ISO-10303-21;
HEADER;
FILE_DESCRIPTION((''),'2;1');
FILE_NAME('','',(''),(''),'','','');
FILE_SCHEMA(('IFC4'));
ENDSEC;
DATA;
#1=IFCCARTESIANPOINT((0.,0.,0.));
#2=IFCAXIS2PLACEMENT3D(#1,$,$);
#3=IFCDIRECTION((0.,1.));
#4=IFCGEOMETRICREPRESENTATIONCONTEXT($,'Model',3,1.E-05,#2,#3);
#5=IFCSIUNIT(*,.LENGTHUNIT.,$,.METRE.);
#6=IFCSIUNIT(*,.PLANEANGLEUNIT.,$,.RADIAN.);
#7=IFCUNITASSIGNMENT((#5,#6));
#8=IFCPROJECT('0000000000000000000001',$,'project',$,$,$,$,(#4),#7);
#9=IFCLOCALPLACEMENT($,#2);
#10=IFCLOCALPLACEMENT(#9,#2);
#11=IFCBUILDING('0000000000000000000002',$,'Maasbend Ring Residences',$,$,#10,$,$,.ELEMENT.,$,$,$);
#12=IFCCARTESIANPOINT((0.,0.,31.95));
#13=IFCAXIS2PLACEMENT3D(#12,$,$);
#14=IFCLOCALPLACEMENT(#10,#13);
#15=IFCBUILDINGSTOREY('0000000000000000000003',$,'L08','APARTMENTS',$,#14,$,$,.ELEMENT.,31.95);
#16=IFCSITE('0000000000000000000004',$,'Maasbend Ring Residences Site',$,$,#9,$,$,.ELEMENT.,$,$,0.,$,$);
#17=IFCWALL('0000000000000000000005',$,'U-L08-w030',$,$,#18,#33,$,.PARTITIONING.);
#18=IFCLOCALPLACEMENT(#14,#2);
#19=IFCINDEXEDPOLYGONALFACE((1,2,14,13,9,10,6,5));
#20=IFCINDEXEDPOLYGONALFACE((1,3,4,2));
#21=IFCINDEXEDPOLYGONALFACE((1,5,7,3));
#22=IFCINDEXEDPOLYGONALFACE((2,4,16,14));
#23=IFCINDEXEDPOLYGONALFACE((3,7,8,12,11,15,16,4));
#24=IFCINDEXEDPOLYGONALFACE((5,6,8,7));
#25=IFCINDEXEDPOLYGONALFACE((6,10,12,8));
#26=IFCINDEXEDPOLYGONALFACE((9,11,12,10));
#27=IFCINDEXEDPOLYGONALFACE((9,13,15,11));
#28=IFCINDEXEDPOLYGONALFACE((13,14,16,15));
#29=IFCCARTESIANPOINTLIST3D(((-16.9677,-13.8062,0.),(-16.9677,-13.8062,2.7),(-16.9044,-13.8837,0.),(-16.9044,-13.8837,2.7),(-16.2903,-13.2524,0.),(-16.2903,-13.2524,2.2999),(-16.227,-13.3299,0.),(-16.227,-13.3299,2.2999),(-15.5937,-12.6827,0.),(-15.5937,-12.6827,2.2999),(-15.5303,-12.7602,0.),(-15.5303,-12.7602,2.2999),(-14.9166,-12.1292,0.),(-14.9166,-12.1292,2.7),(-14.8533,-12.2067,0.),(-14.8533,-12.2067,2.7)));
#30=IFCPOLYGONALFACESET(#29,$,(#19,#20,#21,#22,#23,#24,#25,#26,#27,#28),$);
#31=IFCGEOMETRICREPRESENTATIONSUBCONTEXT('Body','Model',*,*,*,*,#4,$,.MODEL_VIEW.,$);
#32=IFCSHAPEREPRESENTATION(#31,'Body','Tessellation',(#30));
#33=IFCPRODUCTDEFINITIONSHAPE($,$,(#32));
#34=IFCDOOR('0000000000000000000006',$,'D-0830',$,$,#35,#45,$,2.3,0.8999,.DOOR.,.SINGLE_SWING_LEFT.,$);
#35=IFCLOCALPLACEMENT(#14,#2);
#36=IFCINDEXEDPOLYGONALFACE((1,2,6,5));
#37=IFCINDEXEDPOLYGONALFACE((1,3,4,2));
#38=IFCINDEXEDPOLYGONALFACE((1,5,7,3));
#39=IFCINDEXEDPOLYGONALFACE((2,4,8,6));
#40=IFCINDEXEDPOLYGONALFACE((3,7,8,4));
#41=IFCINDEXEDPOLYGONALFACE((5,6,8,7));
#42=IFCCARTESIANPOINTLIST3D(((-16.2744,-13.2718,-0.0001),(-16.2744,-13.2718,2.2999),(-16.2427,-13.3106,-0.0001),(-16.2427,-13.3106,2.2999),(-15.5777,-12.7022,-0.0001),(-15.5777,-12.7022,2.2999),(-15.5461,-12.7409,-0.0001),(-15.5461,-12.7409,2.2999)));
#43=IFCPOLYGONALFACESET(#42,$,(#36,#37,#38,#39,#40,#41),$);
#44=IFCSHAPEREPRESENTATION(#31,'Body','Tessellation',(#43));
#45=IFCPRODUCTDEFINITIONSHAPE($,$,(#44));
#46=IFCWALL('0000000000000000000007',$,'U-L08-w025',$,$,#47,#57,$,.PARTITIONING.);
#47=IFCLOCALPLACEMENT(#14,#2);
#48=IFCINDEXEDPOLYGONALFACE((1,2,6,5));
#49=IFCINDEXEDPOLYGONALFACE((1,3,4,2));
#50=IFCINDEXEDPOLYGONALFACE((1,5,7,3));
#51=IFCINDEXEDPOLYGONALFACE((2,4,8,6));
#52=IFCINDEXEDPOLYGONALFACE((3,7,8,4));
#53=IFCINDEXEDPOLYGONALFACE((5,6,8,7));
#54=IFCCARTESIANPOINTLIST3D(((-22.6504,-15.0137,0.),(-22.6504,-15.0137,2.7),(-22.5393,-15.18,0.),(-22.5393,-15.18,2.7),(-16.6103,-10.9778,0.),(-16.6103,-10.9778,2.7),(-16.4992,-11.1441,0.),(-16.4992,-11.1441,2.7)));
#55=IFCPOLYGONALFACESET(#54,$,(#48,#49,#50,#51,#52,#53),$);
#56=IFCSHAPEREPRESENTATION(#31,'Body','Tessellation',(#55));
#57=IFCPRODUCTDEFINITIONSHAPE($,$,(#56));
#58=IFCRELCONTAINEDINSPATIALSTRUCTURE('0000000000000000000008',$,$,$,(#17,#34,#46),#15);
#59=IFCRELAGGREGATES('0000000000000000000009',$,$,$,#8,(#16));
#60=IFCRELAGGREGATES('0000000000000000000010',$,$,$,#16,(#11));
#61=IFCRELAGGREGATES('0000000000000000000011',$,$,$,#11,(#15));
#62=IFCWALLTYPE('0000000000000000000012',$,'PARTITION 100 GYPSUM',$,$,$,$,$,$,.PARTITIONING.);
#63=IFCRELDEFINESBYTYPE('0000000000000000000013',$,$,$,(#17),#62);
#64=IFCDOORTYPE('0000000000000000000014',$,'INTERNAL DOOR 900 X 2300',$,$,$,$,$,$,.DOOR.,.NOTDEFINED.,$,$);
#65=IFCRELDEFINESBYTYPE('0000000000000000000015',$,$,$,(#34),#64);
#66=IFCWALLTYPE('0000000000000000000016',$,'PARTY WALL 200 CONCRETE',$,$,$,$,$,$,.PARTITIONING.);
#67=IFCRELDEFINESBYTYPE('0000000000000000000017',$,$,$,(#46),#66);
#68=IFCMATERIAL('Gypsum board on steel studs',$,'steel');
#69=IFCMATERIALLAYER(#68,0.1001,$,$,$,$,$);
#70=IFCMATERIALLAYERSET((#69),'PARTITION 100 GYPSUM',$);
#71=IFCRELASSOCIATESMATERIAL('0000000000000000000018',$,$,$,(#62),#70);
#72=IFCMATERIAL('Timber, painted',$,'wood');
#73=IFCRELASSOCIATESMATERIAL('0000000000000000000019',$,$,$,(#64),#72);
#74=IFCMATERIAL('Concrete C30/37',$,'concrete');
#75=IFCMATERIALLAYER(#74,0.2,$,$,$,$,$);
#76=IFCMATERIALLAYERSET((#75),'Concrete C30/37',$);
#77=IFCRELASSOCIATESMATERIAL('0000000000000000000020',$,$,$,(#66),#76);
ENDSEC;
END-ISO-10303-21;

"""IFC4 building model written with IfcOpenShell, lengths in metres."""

from ifc_helpers import new_model, si_unit, direction, frame, frame_2d, origin, place, context, subcontext, project, spatial, rectangle, extrude, material, layer, layer_set, type_object, element, fill, save


model = new_model("IFC4")

# Units and contexts
model_context = context("Model", 3, precision=1e-05, world=origin(), true_north=direction((0.0, 1.0)))
body_context = subcontext(model_context, "Body", "Model", "MODEL_VIEW")
ifc_project = project(units=[si_unit("LENGTHUNIT", "METRE"), si_unit("PLANEANGLEUNIT", "RADIAN")], contexts=[model_context])

# Site, building, storey
site_placement = place(None, origin())
site = spatial("IfcSite", under=ifc_project, at=site_placement, Name="Maasbend Ring Residences Site", CompositionType="ELEMENT", RefElevation=0.0)
building_placement = place(site_placement, origin())
building = spatial("IfcBuilding", under=site, at=building_placement, Name="Maasbend Ring Residences", CompositionType="ELEMENT")
storey_placement = place(building_placement, frame((0.0, 0.0, 31.95)))
storey = spatial("IfcBuildingStorey", under=building, at=storey_placement, Name="L08", Description="APARTMENTS", CompositionType="ELEMENT", Elevation=31.95)

# Shared definitions
ifc_material_1 = material(Name="Gypsum board on steel studs", Category="steel")
ifc_layer_1 = layer(ifc_material_1, 0.1001)
ifc_layer_set_1 = layer_set([ifc_layer_1], Name="PARTITION 100 GYPSUM")
wall_type_1 = type_object("IfcWallType", Name="PARTITION 100 GYPSUM", PredefinedType="PARTITIONING", material=ifc_layer_set_1)

# Wall, opening, door
wall_1_placement = place(storey_placement, frame((-16.936, -13.845, 0.0), z_axis=(0.0, 0.0, 1.0), x_axis=(0.774163, 0.632987, 0.0)))
wall_1 = element("IfcWall", 1, at=wall_1_placement, inside=storey, type_object=wall_type_1, Name="U-L08-w030", PredefinedType="PARTITIONING", context=body_context, shape_type="SweptSolid", body=[
    extrude(rectangle(XDim=2.6494, YDim=0.1001, at=frame_2d((1.3247, 0.0))), origin(), (0.0, 0.0, 1.0), 2.7),
])
opening_1_placement = place(wall_1_placement, frame((0.875, 0.0, 0.0)))
opening_1 = element("IfcOpeningElement", 2, at=opening_1_placement, cuts=wall_1, PredefinedType="OPENING", context=body_context, shape_type="SweptSolid", body=[
    extrude(rectangle(XDim=0.8999, YDim=2.3, at=frame_2d((0.45, 1.1499))), frame((0.0, 0.0601, 0.0), z_axis=(0.0, -1.0, 0.0), x_axis=(1.0, 0.0, 0.0)), (0.0, 0.0, 1.0), 0.1201),
])
ifc_material_2 = material(Name="Timber, painted", Category="wood")
door_type_1 = type_object("IfcDoorType", Name="INTERNAL DOOR 900 X 2300", OperationType="NOTDEFINED", PredefinedType="DOOR", material=ifc_material_2)
door_1_placement = place(opening_1_placement, origin())
door_1 = element("IfcDoor", 3, at=door_1_placement, inside=storey, type_object=door_type_1, Name="D-0830", OperationType="SINGLE_SWING_LEFT", OverallHeight=2.3, OverallWidth=0.8999, PredefinedType="DOOR", context=body_context, shape_type="SweptSolid", body=[
    extrude(rectangle(XDim=0.8999, YDim=2.3, at=frame_2d((0.45, 1.1499))), frame((0.0, 0.0249, 0.0), z_axis=(0.0, -1.0, 0.0), x_axis=(1.0, 0.0, 0.0)), (0.0, 0.0, 1.0), 0.05),
])
fill(opening_1, door_1)

# Wall
ifc_material_3 = material(Name="Concrete C30/37", Category="concrete")
ifc_layer_2 = layer(ifc_material_3, 0.2)
ifc_layer_set_2 = layer_set([ifc_layer_2], Name="Concrete C30/37")
wall_type_2 = type_object("IfcWallType", Name="PARTY WALL 200 CONCRETE", PredefinedType="PARTITIONING", material=ifc_layer_set_2)
wall_2_placement = place(storey_placement, frame((-22.595, -15.0969, 0.0), z_axis=(0.0, 0.0, 1.0), x_axis=(0.831466, 0.555576, 0.0)))
element("IfcWall", 4, at=wall_2_placement, inside=storey, type_object=wall_type_2, Name="U-L08-w025", PredefinedType="PARTITIONING", context=body_context, shape_type="SweptSolid", body=[
    extrude(rectangle(XDim=7.2644, YDim=0.2, at=frame_2d((3.6323, 0.0))), origin(), (0.0, 0.0, 1.0), 2.7),
])

save(model, "model.ifc")
